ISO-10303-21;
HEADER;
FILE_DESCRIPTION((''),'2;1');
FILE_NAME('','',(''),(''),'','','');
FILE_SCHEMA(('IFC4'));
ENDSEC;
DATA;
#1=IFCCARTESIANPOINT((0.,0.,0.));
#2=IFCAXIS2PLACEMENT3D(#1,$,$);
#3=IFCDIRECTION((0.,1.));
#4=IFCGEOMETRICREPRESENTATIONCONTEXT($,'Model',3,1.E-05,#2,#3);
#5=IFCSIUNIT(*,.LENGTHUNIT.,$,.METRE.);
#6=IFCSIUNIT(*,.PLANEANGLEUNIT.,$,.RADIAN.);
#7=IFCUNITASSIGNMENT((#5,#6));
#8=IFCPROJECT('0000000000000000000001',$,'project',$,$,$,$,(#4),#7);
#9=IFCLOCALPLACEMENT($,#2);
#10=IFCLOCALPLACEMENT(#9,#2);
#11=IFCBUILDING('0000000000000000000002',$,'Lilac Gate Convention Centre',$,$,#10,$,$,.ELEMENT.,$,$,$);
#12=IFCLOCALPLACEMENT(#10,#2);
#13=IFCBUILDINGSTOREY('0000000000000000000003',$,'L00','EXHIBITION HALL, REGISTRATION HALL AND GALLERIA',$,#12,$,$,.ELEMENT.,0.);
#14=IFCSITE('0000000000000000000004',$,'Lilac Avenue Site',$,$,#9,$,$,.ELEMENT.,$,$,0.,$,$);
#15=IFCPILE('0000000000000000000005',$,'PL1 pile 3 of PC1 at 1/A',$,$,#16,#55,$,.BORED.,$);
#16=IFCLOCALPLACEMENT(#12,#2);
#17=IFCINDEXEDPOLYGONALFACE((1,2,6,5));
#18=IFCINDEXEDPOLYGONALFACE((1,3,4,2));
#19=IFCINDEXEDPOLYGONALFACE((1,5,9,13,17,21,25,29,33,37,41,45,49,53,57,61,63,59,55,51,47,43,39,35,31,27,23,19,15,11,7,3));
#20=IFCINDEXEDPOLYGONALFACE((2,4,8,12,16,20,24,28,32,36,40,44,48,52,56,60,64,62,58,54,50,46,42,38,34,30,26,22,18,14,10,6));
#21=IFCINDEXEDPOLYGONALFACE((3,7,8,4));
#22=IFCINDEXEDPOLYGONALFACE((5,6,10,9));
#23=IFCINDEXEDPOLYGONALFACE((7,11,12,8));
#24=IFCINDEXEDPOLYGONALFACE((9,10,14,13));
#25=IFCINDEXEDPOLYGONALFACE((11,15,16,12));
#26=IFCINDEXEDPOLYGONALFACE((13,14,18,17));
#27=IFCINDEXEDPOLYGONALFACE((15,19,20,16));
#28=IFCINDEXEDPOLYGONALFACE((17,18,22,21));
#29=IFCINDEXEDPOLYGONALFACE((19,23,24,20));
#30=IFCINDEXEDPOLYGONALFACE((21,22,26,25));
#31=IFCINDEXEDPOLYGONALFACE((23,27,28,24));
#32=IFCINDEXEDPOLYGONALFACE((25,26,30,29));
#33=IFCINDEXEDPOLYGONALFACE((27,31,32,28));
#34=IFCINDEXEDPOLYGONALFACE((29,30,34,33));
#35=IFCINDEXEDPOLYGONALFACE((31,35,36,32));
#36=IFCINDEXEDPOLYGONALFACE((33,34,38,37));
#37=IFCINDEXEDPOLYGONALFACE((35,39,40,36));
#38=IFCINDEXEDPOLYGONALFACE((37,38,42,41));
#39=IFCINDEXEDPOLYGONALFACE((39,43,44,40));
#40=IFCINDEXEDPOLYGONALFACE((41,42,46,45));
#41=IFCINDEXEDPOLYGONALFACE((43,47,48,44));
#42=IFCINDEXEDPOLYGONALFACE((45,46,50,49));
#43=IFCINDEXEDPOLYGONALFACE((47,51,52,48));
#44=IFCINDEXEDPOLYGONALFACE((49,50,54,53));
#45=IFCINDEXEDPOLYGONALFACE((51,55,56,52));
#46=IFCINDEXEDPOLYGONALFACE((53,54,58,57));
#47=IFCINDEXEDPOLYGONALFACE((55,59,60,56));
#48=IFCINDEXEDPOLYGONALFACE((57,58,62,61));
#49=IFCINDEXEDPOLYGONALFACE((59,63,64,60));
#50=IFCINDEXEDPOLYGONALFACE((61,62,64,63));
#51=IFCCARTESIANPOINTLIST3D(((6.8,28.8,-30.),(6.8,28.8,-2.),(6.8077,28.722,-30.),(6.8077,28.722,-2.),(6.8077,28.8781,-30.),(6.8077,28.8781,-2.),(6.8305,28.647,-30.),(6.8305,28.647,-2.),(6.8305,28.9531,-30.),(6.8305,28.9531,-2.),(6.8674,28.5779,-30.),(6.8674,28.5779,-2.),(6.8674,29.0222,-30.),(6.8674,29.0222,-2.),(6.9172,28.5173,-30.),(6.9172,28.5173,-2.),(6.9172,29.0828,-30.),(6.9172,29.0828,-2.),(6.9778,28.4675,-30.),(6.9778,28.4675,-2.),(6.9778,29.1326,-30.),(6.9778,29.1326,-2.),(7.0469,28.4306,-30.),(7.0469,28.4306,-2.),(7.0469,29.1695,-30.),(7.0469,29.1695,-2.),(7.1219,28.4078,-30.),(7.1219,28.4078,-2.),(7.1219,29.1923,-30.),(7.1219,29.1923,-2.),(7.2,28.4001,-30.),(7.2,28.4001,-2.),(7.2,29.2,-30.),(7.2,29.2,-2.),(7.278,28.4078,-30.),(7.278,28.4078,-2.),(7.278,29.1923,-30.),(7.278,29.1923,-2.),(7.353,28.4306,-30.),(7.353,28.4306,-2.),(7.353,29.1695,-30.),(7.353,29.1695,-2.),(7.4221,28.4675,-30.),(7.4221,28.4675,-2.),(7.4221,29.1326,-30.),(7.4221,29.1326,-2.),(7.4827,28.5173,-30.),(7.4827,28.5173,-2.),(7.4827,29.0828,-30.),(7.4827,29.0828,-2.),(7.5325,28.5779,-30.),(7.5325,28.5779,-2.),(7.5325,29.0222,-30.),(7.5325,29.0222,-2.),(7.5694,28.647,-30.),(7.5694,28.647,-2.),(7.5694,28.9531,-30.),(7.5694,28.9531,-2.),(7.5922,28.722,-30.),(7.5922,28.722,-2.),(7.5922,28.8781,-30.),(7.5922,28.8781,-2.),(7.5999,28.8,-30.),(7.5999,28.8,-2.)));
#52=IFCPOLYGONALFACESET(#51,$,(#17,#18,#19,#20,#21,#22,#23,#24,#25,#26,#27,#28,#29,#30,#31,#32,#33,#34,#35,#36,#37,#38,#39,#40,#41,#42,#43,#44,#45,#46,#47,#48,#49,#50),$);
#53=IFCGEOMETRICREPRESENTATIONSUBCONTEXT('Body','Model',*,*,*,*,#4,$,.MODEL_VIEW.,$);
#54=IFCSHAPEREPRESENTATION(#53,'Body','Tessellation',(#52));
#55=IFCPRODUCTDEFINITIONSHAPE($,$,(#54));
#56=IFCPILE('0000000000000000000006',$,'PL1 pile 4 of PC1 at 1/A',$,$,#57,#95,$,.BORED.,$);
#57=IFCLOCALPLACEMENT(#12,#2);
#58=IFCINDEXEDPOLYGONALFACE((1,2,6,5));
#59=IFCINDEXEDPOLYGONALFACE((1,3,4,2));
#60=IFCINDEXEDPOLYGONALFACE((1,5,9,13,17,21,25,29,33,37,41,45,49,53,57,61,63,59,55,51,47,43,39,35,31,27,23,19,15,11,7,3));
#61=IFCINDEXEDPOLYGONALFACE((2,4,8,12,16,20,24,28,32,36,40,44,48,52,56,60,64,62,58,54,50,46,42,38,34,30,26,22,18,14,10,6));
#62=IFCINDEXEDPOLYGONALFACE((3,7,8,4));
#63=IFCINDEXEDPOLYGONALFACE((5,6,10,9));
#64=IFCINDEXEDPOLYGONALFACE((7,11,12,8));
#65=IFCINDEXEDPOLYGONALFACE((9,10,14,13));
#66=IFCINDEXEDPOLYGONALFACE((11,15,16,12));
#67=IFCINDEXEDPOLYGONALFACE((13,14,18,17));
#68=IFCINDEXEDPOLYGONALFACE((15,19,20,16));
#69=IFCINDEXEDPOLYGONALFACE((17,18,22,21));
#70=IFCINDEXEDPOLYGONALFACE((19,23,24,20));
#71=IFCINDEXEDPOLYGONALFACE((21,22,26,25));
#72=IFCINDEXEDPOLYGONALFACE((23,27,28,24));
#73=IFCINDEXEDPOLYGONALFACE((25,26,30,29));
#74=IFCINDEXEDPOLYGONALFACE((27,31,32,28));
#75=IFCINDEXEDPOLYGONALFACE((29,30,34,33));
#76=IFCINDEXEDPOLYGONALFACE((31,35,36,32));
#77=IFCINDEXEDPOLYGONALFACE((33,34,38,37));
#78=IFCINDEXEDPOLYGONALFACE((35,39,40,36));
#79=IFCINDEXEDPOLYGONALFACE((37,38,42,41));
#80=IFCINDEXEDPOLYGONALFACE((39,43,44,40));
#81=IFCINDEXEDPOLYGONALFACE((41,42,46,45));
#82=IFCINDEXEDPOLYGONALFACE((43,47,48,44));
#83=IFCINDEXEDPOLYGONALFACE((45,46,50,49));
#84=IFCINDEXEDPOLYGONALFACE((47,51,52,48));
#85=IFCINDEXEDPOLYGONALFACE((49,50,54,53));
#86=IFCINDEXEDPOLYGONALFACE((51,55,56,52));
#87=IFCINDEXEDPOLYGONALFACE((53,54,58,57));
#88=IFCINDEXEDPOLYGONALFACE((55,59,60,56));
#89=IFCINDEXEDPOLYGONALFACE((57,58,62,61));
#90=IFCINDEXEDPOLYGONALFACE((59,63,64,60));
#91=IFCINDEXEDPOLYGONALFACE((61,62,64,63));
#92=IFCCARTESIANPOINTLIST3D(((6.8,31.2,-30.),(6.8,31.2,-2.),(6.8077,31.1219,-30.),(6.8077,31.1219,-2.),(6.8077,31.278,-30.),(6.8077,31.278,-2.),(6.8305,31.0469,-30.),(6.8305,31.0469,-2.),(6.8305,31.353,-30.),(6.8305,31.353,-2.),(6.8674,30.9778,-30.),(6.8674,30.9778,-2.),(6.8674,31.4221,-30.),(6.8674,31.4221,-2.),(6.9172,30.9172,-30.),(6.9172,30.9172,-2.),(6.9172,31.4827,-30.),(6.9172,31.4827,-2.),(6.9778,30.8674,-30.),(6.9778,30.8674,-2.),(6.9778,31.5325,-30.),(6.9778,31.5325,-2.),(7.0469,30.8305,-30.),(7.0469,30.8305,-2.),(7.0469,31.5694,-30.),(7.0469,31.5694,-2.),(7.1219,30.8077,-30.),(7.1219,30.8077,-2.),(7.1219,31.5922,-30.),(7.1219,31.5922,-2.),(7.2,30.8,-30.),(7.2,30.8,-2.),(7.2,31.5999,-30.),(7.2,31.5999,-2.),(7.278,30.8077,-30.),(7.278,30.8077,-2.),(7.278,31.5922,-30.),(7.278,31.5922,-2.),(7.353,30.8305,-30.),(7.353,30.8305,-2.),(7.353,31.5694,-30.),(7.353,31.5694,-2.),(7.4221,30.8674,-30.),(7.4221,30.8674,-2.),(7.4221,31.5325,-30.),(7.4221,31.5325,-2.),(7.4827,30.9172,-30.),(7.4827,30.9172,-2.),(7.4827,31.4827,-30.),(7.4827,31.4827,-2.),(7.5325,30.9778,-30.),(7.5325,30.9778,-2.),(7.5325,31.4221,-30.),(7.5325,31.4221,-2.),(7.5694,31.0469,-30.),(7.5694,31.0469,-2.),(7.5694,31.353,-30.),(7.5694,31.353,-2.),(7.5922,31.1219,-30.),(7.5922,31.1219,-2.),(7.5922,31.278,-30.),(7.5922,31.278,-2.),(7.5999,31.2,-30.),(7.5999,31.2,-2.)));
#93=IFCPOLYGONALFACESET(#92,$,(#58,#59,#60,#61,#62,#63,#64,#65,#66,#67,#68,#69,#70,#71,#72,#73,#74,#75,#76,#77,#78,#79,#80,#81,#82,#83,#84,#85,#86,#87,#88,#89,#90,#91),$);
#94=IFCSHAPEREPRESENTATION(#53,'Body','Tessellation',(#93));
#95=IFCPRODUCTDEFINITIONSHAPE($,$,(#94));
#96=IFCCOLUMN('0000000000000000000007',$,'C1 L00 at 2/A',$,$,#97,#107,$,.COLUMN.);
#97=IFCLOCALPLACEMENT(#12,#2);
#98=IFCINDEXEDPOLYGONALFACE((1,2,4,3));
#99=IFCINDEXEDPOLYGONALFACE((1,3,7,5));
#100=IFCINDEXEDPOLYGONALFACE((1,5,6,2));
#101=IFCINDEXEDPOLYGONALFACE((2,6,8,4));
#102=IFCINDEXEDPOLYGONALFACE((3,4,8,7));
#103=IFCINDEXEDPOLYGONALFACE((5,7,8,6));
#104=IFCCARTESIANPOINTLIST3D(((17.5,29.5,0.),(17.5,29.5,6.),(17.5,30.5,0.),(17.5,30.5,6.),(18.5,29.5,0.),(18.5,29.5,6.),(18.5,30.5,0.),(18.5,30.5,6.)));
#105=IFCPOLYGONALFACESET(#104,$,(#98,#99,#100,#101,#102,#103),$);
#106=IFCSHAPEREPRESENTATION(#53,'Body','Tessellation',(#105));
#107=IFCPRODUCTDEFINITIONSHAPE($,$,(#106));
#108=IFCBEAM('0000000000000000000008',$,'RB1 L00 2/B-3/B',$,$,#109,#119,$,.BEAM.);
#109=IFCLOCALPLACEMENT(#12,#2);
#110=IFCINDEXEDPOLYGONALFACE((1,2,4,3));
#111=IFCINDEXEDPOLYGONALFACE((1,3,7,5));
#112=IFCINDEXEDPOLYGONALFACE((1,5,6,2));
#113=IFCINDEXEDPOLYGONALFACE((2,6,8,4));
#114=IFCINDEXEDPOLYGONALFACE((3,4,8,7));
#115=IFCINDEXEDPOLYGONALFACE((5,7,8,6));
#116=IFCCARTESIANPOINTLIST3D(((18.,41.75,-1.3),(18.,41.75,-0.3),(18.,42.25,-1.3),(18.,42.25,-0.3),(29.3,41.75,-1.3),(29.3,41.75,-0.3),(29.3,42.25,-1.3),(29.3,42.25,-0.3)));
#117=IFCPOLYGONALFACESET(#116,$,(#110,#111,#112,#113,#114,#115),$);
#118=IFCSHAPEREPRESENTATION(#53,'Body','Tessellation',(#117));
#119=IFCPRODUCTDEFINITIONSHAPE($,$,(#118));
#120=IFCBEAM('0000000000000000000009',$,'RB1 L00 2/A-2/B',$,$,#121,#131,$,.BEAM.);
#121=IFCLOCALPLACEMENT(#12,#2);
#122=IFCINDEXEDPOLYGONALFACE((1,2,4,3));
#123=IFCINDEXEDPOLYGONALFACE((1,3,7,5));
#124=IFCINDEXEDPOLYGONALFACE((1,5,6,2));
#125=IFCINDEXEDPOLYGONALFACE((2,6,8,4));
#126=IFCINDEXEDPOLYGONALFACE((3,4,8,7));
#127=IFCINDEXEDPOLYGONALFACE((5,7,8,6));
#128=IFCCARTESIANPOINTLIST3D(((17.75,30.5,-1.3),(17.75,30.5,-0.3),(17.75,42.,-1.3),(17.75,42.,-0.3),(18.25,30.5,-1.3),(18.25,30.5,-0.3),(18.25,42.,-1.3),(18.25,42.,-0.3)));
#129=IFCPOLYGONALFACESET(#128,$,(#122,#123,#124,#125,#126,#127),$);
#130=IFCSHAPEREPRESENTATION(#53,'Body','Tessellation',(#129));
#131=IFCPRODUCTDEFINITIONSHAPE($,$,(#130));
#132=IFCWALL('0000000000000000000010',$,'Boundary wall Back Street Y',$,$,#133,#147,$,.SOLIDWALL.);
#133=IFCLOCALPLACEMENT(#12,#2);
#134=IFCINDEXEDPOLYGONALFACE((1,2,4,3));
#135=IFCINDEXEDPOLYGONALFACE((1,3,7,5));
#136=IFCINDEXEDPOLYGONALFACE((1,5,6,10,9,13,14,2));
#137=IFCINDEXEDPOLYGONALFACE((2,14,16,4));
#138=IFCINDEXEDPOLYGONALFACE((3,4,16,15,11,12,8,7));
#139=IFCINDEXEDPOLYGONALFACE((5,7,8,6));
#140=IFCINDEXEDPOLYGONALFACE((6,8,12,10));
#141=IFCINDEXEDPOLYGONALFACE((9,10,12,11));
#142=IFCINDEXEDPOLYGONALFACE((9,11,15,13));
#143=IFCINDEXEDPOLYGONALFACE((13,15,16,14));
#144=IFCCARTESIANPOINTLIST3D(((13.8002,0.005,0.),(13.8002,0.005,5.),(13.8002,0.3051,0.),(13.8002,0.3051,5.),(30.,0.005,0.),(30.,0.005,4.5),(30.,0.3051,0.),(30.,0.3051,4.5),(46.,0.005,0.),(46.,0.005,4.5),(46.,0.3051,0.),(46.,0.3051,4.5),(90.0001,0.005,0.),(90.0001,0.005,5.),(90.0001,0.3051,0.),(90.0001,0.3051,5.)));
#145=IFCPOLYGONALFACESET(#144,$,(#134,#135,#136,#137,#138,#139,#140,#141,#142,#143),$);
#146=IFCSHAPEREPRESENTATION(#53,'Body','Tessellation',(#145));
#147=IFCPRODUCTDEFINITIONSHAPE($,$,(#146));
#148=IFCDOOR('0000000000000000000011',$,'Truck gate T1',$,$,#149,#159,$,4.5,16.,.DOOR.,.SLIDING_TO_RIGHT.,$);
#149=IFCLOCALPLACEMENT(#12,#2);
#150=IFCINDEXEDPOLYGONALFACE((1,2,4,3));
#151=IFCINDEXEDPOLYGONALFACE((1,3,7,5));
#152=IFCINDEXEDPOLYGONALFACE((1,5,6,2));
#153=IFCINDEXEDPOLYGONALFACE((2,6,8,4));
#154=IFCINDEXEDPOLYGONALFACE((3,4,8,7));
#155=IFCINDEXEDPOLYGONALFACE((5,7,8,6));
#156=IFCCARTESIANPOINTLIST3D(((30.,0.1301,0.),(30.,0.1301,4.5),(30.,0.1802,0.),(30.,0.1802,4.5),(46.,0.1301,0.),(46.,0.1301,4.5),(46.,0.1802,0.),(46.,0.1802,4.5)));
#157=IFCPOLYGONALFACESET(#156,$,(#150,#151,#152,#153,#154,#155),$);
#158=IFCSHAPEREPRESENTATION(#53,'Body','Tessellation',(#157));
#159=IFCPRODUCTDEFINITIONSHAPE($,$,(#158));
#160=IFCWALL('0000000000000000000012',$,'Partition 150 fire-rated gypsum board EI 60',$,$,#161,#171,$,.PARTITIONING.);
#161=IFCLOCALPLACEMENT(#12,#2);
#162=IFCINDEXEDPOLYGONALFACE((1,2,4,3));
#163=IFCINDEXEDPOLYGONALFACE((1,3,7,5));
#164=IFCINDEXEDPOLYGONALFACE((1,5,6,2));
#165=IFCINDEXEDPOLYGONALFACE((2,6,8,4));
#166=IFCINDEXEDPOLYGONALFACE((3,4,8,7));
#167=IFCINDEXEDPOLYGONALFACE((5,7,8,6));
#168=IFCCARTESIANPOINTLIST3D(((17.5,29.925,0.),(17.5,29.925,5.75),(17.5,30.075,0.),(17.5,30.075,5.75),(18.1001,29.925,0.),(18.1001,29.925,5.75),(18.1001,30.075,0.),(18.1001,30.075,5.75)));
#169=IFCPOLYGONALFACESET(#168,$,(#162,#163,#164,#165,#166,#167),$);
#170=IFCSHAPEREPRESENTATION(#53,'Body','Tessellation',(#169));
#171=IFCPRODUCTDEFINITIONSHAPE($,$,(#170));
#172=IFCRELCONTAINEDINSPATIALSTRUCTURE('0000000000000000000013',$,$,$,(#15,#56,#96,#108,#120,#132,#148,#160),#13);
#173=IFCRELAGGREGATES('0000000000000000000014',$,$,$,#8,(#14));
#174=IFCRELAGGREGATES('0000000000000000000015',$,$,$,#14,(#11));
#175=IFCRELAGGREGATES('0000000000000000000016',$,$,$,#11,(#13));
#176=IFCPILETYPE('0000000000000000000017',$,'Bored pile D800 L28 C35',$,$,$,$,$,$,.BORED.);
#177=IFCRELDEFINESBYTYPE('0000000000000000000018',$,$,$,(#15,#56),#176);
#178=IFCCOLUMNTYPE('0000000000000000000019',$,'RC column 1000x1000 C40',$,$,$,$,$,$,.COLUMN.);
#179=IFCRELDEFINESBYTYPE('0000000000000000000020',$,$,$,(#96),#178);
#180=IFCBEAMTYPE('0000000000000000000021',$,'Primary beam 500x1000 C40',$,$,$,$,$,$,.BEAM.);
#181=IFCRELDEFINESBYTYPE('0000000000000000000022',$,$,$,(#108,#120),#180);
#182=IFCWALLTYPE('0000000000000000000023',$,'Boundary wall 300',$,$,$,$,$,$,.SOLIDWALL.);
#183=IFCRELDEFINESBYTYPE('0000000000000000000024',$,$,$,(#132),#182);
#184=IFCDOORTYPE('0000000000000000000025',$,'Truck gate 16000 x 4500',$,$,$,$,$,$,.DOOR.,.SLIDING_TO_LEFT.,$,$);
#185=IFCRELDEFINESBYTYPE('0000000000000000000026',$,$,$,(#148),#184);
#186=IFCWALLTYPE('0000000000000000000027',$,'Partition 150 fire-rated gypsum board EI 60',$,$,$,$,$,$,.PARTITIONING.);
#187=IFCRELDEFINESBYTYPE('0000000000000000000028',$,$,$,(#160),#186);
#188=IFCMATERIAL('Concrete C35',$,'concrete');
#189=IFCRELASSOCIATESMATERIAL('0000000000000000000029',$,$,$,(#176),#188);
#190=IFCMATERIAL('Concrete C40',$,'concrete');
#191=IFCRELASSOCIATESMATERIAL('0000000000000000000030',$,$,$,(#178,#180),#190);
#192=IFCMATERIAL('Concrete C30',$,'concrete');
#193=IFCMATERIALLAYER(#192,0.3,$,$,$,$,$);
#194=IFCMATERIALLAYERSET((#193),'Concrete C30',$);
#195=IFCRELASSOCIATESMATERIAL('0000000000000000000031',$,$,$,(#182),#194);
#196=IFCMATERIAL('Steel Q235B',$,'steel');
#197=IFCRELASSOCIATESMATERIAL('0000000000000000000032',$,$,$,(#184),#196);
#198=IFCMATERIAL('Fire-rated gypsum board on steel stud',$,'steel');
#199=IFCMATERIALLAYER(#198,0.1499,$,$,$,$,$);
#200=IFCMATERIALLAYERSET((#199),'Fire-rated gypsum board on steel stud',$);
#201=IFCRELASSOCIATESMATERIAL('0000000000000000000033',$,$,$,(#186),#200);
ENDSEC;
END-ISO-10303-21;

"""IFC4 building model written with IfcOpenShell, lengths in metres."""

from ifc_helpers import new_model, si_unit, direction, frame, frame_2d, origin, origin_2d, place, context, subcontext, project, spatial, rectangle, circle, extrude, material, layer, layer_set, material_profile, profile_set, type_object, element, fill, save


model = new_model("IFC4")

# Units and contexts
model_context = context("Model", 3, precision=1e-05, world=origin(), true_north=direction((0.0, 1.0)))
body_context = subcontext(model_context, "Body", "Model", "MODEL_VIEW")
ifc_project = project(units=[si_unit("LENGTHUNIT", "METRE"), si_unit("PLANEANGLEUNIT", "RADIAN")], contexts=[model_context])

# Site, building, storey
site_placement = place(None, origin())
site = spatial("IfcSite", under=ifc_project, at=site_placement, Name="Lilac Avenue Site", CompositionType="ELEMENT", RefElevation=0.0)
building_placement = place(site_placement, origin())
building = spatial("IfcBuilding", under=site, at=building_placement, Name="Lilac Gate Convention Centre", CompositionType="ELEMENT")
storey_placement = place(building_placement, origin())
storey = spatial("IfcBuildingStorey", under=building, at=storey_placement, Name="L00", Description="EXHIBITION HALL, REGISTRATION HALL AND GALLERIA", CompositionType="ELEMENT", Elevation=0.0)

# Piles
ifc_material_1 = material(Name="Concrete C35", Category="concrete")
ifc_material_profile_1 = material_profile(ifc_material_1, circle(Radius=0.3999, at=origin_2d()), Name="D800")
ifc_profile_set_1 = profile_set([ifc_material_profile_1], Name="Concrete C35")
pile_type = type_object("IfcPileType", Name="Bored pile D800 L28 C35", PredefinedType="BORED", material=ifc_profile_set_1)
for number, where, z_axis, x_axis, name in (
    (1, (7.2, 28.8, -2.0), (0.0, 0.0, -1.0), (1.0, 0.0, 0.0), "PL1 pile 3 of PC1 at 1/A"),
    (2, (7.2, 31.2, -2.0), (0.0, 0.0, -1.0), (1.0, 0.0, 0.0), "PL1 pile 4 of PC1 at 1/A"),
):
    element("IfcPile", number, at=place(storey_placement, frame(where, z_axis=z_axis, x_axis=x_axis)), inside=storey, type_object=pile_type, Name=name, PredefinedType="BORED", context=body_context, shape_type="SweptSolid", body=[
        extrude(circle(Radius=0.3999, at=origin_2d()), origin(), (0.0, 0.0, 1.0), 28.0),
    ])

# Column
ifc_material_2 = material(Name="Concrete C40", Category="concrete")
ifc_material_profile_2 = material_profile(ifc_material_2, rectangle(XDim=1.0, YDim=1.0, at=origin_2d()), Name="RC 1000x1000")
ifc_profile_set_2 = profile_set([ifc_material_profile_2], Name="Concrete C40")
column_type = type_object("IfcColumnType", Name="RC column 1000x1000 C40", PredefinedType="COLUMN", material=ifc_profile_set_2)
column_placement = place(storey_placement, frame((18.0, 30.0, 0.0), z_axis=(0.0, 0.0, 1.0), x_axis=(1.0, 0.0, 0.0)))
element("IfcColumn", 3, at=column_placement, inside=storey, type_object=column_type, Name="C1 L00 at 2/A", PredefinedType="COLUMN", context=body_context, shape_type="SweptSolid", body=[
    extrude(rectangle(XDim=1.0, YDim=1.0, at=origin_2d()), origin(), (0.0, 0.0, 1.0), 6.0),
])

# Beams
ifc_material_profile_3 = material_profile(ifc_material_2, rectangle(XDim=0.5, YDim=1.0, at=origin_2d()), Name="RC 500x1000")
ifc_profile_set_3 = profile_set([ifc_material_profile_3], Name="Concrete C40")
beam_type = type_object("IfcBeamType", Name="Primary beam 500x1000 C40", PredefinedType="BEAM", material=ifc_profile_set_3)
beam_1_placement = place(storey_placement, frame((18.0, 42.0, -0.8), z_axis=(1.0, 0.0, 0.0), x_axis=(0.0, 1.0, 0.0)))
element("IfcBeam", 4, at=beam_1_placement, inside=storey, type_object=beam_type, Name="RB1 L00 2/B-3/B", PredefinedType="BEAM", context=body_context, shape_type="SweptSolid", body=[
    extrude(rectangle(XDim=0.5, YDim=1.0, at=origin_2d()), origin(), (0.0, 0.0, 1.0), 11.3),
])
beam_2_placement = place(storey_placement, frame((18.0, 30.5, -0.8), z_axis=(0.0, 1.0, 0.0), x_axis=(-1.0, 0.0, 0.0)))
element("IfcBeam", 5, at=beam_2_placement, inside=storey, type_object=beam_type, Name="RB1 L00 2/A-2/B", PredefinedType="BEAM", context=body_context, shape_type="SweptSolid", body=[
    extrude(rectangle(XDim=0.5, YDim=1.0, at=origin_2d()), origin(), (0.0, 0.0, 1.0), 11.5),
])

# Wall, opening, door
ifc_material_3 = material(Name="Concrete C30", Category="concrete")
ifc_layer_1 = layer(ifc_material_3, 0.3)
ifc_layer_set_1 = layer_set([ifc_layer_1], Name="Concrete C30")
wall_type_1 = type_object("IfcWallType", Name="Boundary wall 300", PredefinedType="SOLIDWALL", material=ifc_layer_set_1)
wall_1_placement = place(storey_placement, frame((13.8, 0.155, 0.0), z_axis=(0.0, 0.0, 1.0), x_axis=(1.0, 0.0, 0.0)))
wall_1 = element("IfcWall", 6, at=wall_1_placement, inside=storey, type_object=wall_type_1, Name="Boundary wall Back Street Y", PredefinedType="SOLIDWALL", context=body_context, shape_type="SweptSolid", body=[
    extrude(rectangle(XDim=76.2, YDim=0.3, at=frame_2d((38.1001, 0.0))), origin(), (0.0, 0.0, 1.0), 5.0),
])
opening_1_placement = place(wall_1_placement, frame((16.2, 0.0, 0.0)))
opening_1 = element("IfcOpeningElement", 7, at=opening_1_placement, cuts=wall_1, PredefinedType="OPENING", context=body_context, shape_type="SweptSolid", body=[
    extrude(rectangle(XDim=16.0, YDim=4.5, at=frame_2d((8.0, 2.25))), frame((0.0, 0.1599, 0.0), z_axis=(0.0, -1.0, 0.0), x_axis=(1.0, 0.0, 0.0)), (0.0, 0.0, 1.0), 0.3201),
])
ifc_material_4 = material(Name="Steel Q235B", Category="steel")
door_type_1 = type_object("IfcDoorType", Name="Truck gate 16000 x 4500", OperationType="SLIDING_TO_LEFT", PredefinedType="DOOR", material=ifc_material_4)
door_1_placement = place(opening_1_placement, frame((16.0, 0.0, 0.0), z_axis=(0.0, 0.0, 1.0), x_axis=(-1.0, 0.0, 0.0)))
door_1 = element("IfcDoor", 8, at=door_1_placement, inside=storey, type_object=door_type_1, Name="Truck gate T1", OperationType="SLIDING_TO_RIGHT", OverallHeight=4.5, OverallWidth=16.0, PredefinedType="DOOR", context=body_context, shape_type="SweptSolid", body=[
    extrude(rectangle(XDim=16.0, YDim=4.5, at=frame_2d((8.0, 2.25))), frame((0.0, 0.0249, 0.0), z_axis=(0.0, -1.0, 0.0), x_axis=(1.0, 0.0, 0.0)), (0.0, 0.0, 1.0), 0.05),
])
fill(opening_1, door_1)

# Wall
ifc_material_5 = material(Name="Fire-rated gypsum board on steel stud", Category="steel")
ifc_layer_2 = layer(ifc_material_5, 0.1499)
ifc_layer_set_2 = layer_set([ifc_layer_2], Name="Fire-rated gypsum board on steel stud")
wall_type_2 = type_object("IfcWallType", Name="Partition 150 fire-rated gypsum board EI 60", PredefinedType="PARTITIONING", material=ifc_layer_set_2)
wall_2_placement = place(storey_placement, frame((17.5, 30.0, 0.0), z_axis=(0.0, 0.0, 1.0), x_axis=(1.0, 0.0, 0.0)))
element("IfcWall", 9, at=wall_2_placement, inside=storey, type_object=wall_type_2, Name="Partition 150 fire-rated gypsum board EI 60", PredefinedType="PARTITIONING", context=body_context, shape_type="SweptSolid", body=[
    extrude(rectangle(XDim=0.6001, YDim=0.1499, at=frame_2d((0.3, 0.0))), origin(), (0.0, 0.0, 1.0), 5.75),
])

save(model, "model.ifc")
